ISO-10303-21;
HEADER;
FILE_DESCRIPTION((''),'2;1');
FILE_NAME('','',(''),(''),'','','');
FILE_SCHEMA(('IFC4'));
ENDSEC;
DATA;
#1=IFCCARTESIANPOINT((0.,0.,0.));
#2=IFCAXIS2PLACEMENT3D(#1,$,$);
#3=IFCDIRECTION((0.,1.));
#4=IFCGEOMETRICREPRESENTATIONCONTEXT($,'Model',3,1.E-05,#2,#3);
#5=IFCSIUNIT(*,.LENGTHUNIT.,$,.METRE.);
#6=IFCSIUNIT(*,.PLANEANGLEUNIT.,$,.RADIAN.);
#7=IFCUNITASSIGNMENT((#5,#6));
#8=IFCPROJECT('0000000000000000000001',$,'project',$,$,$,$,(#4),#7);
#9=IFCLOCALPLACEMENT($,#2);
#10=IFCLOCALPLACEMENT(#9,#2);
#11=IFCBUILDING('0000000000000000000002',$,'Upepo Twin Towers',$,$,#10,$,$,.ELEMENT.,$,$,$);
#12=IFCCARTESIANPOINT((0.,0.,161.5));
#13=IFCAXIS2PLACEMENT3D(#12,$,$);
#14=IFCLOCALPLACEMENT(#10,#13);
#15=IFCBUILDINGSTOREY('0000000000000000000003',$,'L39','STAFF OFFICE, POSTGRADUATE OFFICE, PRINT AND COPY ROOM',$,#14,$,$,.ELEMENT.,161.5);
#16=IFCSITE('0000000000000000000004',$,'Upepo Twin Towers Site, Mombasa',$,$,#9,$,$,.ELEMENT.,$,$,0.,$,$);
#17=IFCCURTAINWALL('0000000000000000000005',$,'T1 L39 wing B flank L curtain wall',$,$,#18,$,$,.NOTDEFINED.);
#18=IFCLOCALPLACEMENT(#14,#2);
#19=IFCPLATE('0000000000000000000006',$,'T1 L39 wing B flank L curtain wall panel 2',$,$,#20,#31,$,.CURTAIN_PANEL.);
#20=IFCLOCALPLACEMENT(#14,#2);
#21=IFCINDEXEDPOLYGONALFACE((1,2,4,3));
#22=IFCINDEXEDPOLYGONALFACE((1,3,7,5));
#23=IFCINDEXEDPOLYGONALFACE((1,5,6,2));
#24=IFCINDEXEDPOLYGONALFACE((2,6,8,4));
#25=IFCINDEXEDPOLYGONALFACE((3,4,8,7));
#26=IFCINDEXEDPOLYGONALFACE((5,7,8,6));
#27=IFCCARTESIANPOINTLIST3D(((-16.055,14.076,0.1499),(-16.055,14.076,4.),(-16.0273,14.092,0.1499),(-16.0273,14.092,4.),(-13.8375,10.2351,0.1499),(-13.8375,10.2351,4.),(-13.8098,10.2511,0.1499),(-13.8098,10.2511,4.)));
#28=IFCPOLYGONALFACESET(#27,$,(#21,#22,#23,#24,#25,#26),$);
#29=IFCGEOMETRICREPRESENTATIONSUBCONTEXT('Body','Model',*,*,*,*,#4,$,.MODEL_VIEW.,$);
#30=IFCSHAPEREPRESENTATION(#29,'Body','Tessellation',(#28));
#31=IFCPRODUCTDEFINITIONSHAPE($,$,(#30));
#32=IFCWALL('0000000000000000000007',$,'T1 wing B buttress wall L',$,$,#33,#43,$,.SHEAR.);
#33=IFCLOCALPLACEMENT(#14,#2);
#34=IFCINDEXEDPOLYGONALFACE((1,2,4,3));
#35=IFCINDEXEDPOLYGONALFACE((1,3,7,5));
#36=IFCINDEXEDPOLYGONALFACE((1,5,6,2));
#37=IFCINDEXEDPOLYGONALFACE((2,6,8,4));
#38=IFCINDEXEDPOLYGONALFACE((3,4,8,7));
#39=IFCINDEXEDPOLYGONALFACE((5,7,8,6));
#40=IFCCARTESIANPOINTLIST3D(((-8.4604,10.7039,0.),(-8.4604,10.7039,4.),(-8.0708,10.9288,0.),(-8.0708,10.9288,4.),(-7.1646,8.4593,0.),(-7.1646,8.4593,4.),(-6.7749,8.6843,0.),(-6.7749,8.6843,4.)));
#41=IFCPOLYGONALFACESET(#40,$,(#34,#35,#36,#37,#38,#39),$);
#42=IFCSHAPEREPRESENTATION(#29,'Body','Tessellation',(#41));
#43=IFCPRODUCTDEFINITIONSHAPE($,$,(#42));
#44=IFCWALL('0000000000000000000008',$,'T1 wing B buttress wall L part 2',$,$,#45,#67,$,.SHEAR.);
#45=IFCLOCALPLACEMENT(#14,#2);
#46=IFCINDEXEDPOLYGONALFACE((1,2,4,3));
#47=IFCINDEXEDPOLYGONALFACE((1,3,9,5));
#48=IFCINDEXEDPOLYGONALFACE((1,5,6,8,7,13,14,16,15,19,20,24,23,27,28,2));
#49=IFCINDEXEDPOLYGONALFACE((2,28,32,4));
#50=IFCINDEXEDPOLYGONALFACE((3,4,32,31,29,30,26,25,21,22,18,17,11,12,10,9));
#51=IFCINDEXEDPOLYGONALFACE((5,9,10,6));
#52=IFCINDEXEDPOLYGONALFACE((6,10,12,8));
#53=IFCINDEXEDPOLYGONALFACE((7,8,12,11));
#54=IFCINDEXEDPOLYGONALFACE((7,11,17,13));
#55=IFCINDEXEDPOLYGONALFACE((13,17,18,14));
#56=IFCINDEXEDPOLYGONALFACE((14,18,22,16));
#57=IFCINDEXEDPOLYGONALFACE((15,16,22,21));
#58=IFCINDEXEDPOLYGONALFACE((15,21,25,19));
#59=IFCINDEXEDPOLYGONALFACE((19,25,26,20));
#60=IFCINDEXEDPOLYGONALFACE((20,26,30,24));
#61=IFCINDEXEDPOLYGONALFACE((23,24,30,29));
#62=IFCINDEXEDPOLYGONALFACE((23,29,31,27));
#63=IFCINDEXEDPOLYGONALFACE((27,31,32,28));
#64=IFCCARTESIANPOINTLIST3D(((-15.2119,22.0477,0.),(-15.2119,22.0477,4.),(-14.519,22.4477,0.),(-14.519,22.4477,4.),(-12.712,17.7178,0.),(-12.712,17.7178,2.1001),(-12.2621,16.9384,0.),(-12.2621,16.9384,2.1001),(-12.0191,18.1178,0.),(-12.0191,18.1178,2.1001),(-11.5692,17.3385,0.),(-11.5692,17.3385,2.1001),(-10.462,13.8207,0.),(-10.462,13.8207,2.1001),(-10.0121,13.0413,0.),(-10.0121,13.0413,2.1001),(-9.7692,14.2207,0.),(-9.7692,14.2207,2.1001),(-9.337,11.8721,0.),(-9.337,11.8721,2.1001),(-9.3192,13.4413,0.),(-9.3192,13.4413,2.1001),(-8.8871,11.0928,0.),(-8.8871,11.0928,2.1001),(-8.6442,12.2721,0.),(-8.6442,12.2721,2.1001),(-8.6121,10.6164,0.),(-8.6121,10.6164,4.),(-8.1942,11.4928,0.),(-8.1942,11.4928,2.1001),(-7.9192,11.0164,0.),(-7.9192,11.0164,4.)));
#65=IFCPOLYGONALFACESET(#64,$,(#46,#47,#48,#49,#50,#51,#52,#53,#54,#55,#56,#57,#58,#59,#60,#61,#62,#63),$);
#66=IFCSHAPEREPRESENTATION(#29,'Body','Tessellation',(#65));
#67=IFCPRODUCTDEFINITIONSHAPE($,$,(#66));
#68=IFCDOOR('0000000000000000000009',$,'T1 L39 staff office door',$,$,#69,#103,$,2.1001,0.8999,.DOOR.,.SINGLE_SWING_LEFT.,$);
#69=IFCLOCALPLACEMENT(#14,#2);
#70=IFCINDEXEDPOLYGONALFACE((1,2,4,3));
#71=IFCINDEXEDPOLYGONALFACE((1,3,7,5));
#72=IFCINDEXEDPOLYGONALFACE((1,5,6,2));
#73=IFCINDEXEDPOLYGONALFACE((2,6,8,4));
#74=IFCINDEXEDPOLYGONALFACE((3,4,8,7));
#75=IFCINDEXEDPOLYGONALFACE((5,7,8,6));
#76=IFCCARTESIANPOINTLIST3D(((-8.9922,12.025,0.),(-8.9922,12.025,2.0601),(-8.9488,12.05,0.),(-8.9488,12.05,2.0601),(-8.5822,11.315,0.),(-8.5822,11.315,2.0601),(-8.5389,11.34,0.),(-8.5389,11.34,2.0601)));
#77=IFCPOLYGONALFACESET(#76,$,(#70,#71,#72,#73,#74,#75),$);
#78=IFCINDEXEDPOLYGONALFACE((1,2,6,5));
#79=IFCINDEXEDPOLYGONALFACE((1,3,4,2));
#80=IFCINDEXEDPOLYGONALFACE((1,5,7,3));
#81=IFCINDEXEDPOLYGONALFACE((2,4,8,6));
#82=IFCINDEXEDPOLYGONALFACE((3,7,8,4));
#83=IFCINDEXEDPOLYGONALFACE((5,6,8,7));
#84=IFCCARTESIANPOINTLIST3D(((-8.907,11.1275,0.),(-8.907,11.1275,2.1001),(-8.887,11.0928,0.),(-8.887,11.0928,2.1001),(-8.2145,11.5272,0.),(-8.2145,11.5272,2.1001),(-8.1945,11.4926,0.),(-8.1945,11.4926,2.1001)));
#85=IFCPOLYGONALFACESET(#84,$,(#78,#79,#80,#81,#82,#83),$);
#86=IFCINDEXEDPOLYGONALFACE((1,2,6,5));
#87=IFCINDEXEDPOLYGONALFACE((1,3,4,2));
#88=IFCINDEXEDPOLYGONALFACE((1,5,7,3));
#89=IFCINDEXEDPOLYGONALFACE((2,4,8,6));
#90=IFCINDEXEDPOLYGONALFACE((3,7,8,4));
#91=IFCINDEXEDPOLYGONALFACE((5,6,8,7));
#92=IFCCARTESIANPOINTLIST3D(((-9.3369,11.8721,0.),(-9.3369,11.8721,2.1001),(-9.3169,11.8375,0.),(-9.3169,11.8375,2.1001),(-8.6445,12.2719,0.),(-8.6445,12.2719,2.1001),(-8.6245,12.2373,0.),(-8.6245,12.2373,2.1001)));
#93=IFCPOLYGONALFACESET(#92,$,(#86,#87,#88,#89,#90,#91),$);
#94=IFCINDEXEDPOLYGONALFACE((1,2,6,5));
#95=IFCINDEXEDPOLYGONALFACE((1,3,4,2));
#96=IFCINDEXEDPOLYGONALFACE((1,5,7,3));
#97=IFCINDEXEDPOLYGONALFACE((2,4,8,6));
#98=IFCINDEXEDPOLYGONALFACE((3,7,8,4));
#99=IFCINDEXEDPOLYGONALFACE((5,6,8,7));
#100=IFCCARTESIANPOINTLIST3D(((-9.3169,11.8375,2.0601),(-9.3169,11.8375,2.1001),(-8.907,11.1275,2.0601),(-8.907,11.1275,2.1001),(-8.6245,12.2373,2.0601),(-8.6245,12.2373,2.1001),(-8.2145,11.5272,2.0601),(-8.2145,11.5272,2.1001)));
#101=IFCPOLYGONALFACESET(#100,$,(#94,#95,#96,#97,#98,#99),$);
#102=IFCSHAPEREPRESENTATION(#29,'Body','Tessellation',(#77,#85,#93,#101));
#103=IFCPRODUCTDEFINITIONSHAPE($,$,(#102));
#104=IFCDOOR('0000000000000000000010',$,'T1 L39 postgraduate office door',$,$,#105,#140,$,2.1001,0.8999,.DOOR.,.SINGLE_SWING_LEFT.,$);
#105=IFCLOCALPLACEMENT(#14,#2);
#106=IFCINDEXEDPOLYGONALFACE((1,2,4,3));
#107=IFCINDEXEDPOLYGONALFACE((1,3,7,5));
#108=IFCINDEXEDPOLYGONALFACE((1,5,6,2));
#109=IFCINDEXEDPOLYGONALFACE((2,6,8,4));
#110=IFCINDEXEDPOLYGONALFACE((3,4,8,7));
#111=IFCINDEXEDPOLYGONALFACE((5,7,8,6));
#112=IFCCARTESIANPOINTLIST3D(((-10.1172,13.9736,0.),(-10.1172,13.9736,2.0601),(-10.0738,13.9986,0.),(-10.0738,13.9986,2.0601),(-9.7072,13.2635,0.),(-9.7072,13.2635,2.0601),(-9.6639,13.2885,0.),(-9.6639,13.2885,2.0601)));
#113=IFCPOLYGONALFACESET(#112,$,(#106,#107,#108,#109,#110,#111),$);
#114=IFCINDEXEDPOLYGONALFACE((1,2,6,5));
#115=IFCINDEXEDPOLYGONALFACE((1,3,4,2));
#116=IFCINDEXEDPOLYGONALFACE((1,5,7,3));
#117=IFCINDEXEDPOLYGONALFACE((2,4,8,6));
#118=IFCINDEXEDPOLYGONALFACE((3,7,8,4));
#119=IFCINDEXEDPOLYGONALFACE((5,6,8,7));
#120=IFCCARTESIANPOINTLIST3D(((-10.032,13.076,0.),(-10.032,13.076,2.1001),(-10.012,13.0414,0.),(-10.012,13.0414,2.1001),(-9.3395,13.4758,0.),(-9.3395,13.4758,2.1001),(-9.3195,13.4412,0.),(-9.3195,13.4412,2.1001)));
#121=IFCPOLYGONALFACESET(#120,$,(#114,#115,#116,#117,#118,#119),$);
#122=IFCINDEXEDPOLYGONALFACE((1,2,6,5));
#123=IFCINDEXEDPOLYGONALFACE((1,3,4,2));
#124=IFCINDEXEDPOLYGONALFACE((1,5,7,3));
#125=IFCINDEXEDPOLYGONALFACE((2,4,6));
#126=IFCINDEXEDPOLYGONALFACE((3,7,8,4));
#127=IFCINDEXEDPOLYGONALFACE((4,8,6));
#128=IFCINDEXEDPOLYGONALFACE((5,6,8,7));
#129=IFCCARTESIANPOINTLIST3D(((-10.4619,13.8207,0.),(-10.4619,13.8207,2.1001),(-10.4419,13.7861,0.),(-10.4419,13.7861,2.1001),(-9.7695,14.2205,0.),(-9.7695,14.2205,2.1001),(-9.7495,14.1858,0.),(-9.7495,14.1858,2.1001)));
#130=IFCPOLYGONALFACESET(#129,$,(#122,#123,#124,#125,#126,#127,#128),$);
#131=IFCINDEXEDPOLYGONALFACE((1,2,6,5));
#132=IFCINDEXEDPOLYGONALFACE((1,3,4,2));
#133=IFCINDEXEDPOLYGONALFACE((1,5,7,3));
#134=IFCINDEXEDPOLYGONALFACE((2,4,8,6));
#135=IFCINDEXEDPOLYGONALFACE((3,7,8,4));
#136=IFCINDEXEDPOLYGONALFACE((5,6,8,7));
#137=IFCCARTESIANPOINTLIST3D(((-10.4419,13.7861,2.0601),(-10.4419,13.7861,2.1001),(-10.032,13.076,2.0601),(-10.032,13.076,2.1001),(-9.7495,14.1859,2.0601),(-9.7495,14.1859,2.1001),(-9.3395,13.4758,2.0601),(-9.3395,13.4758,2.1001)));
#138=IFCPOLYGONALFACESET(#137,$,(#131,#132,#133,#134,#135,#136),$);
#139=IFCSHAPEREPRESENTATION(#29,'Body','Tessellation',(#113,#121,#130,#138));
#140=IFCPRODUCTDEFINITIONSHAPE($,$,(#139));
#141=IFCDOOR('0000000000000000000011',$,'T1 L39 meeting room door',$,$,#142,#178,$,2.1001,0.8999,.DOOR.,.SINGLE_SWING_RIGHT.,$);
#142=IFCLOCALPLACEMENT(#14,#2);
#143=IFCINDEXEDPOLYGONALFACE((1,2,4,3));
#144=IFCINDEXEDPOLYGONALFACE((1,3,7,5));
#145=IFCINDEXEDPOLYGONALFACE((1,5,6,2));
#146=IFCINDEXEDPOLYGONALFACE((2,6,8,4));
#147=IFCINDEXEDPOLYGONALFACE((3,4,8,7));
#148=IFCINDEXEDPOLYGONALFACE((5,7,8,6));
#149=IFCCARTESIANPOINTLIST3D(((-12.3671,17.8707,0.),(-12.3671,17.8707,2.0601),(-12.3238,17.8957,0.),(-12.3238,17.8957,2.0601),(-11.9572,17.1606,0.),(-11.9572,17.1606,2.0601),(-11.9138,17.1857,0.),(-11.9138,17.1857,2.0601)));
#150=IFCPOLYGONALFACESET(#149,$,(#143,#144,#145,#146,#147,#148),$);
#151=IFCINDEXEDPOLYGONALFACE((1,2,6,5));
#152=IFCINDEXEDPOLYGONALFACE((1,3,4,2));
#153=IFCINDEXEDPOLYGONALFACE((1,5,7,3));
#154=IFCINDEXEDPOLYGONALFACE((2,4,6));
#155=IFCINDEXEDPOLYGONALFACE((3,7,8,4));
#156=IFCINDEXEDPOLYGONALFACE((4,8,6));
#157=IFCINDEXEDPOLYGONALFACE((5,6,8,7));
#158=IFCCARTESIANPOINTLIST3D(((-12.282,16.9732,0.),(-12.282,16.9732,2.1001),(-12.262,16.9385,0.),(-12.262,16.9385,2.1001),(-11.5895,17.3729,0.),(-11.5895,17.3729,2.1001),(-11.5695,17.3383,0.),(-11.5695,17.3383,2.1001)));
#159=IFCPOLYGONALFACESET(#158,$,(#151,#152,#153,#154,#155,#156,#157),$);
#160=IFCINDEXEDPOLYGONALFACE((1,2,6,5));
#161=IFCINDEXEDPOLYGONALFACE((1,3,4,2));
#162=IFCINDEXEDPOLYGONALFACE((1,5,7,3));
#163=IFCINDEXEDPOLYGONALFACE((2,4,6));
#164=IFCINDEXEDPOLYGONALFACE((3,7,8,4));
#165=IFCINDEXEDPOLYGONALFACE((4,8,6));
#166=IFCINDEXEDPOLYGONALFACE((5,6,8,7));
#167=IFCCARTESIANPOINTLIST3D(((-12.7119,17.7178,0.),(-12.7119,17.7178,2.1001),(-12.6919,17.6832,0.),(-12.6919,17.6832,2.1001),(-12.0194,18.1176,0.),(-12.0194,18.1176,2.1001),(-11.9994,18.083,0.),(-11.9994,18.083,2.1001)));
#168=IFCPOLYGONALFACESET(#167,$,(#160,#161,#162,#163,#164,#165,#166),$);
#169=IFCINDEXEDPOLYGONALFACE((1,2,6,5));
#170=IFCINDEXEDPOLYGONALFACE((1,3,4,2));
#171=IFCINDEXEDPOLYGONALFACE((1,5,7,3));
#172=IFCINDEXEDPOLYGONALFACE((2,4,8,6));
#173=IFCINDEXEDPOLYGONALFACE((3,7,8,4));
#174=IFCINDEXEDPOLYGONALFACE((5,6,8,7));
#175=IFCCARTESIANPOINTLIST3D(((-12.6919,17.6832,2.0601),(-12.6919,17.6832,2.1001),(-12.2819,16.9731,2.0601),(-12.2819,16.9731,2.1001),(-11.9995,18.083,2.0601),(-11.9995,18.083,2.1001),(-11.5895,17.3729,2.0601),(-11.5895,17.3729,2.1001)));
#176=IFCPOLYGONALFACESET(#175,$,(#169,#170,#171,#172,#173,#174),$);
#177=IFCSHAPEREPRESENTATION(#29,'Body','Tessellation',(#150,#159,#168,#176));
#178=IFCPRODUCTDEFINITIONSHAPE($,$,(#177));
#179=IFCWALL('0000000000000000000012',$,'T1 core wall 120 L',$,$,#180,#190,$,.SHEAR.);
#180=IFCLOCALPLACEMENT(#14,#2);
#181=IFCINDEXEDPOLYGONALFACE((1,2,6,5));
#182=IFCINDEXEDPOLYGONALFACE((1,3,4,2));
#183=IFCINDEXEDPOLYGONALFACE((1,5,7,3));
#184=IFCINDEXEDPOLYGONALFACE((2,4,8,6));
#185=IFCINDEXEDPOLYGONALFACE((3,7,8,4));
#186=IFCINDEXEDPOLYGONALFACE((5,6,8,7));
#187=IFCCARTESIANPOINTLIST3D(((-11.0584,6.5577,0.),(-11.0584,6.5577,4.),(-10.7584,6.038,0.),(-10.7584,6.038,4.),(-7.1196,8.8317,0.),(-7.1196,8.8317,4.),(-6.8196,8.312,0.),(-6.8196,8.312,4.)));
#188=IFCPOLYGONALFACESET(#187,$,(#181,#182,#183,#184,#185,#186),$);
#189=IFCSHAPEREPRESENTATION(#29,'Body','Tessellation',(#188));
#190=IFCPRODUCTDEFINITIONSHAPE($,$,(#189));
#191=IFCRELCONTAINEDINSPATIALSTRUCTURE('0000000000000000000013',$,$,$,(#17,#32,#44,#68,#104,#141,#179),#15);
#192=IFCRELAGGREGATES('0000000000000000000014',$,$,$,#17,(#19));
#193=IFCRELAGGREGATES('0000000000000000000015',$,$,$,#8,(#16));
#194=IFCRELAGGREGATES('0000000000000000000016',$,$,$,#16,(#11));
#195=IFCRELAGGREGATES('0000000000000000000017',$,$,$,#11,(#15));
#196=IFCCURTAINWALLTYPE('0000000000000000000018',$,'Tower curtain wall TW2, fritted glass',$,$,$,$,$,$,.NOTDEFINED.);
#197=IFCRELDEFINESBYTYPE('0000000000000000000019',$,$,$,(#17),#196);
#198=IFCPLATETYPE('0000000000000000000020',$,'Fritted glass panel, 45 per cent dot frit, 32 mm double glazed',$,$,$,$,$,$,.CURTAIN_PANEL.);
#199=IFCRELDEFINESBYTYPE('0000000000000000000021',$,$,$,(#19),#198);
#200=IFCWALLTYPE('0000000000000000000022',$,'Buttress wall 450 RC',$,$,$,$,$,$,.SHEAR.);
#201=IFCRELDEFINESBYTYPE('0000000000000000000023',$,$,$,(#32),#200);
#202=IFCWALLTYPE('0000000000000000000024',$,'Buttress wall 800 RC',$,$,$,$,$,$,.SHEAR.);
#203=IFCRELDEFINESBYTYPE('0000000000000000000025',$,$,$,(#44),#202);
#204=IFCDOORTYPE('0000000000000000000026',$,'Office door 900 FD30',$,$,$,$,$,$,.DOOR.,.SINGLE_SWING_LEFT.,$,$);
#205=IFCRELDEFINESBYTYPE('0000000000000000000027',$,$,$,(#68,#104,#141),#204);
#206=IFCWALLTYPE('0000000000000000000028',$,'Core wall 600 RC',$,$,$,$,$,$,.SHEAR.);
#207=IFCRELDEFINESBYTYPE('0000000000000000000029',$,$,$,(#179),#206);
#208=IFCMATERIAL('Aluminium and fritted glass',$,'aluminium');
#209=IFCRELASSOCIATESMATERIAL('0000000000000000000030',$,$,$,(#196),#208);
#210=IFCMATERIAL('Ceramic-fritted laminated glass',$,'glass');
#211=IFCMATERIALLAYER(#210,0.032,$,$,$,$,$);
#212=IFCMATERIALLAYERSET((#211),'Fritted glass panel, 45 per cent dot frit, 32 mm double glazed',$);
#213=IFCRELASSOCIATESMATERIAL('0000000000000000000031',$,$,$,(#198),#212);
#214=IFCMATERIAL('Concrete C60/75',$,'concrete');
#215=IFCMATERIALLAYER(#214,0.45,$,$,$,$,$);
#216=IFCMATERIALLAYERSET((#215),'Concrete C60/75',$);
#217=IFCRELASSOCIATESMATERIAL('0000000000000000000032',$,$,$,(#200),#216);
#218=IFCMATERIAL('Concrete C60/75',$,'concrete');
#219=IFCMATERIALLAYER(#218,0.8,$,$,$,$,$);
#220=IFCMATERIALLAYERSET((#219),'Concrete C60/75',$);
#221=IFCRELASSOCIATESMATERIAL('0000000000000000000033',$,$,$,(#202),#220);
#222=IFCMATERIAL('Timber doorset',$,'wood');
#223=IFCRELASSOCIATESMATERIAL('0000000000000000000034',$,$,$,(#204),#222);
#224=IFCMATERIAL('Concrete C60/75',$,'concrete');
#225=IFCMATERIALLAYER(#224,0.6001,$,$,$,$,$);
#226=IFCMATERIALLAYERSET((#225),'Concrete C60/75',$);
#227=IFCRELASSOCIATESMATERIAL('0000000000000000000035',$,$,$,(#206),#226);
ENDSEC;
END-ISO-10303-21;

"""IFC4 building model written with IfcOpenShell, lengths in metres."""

from ifc_helpers import new_model, si_unit, direction, frame, frame_2d, origin, origin_2d, place, context, subcontext, project, spatial, rectangle, extrude, material, layer, layer_set, type_object, element, fill, aggregate, save


model = new_model("IFC4")

# Units and contexts
model_context = context("Model", 3, precision=1e-05, world=origin(), true_north=direction((0.0, 1.0)))
body_context = subcontext(model_context, "Body", "Model", "MODEL_VIEW")
ifc_project = project(units=[si_unit("LENGTHUNIT", "METRE"), si_unit("PLANEANGLEUNIT", "RADIAN")], contexts=[model_context])

# Site, building, storey
site_placement = place(None, origin())
site = spatial("IfcSite", under=ifc_project, at=site_placement, Name="Upepo Twin Towers Site, Mombasa", CompositionType="ELEMENT", RefElevation=0.0)
building_placement = place(site_placement, origin())
building = spatial("IfcBuilding", under=site, at=building_placement, Name="Upepo Twin Towers", CompositionType="ELEMENT")
storey_placement = place(building_placement, frame((0.0, 0.0, 161.5)))
storey = spatial("IfcBuildingStorey", under=building, at=storey_placement, Name="L39", Description="STAFF OFFICE, POSTGRADUATE OFFICE, PRINT AND COPY ROOM", CompositionType="ELEMENT", Elevation=161.5)

# Curtain wall, plate
ifc_material_1 = material(Name="Aluminium and fritted glass", Category="aluminium")
curtain_wall_type = type_object("IfcCurtainWallType", Name="Tower curtain wall TW2, fritted glass", PredefinedType="NOTDEFINED", material=ifc_material_1)
curtain_wall_placement = place(storey_placement, origin())
curtain_wall = element("IfcCurtainWall", 1, at=curtain_wall_placement, inside=storey, type_object=curtain_wall_type, Name="T1 L39 wing B flank L curtain wall", PredefinedType="NOTDEFINED")
ifc_material_2 = material(Name="Ceramic-fritted laminated glass", Category="glass")
ifc_layer_1 = layer(ifc_material_2, 0.032)
ifc_layer_set_1 = layer_set([ifc_layer_1], Name="Fritted glass panel, 45 per cent dot frit, 32 mm double glazed")
plate_type = type_object("IfcPlateType", Name="Fritted glass panel, 45 per cent dot frit, 32 mm double glazed", PredefinedType="CURTAIN_PANEL", material=ifc_layer_set_1)
plate_1_placement = place(storey_placement, frame((-14.9324, 12.1636, 0.1499), z_axis=(0.0, 0.0, 1.0), x_axis=(-0.5, 0.866025, 0.0)))
plate_1 = element("IfcPlate", 2, at=plate_1_placement, type_object=plate_type, Name="T1 L39 wing B flank L curtain wall panel 2", PredefinedType="CURTAIN_PANEL", context=body_context, shape_type="SweptSolid", body=[
    extrude(rectangle(XDim=4.4351, YDim=0.032, at=origin_2d()), origin(), (0.0, 0.0, 1.0), 3.8501),
])
aggregate(curtain_wall, [plate_1])

# Wall
ifc_material_3 = material(Name="Concrete C60/75", Category="concrete")
ifc_layer_2 = layer(ifc_material_3, 0.45)
ifc_layer_set_2 = layer_set([ifc_layer_2], Name="Concrete C60/75")
wall_type_1 = type_object("IfcWallType", Name="Buttress wall 450 RC", PredefinedType="SHEAR", material=ifc_layer_set_2)
wall_1_placement = place(storey_placement, frame((-6.9697, 8.5718, 0.0), z_axis=(0.0, 0.0, 1.0), x_axis=(-0.499989, 0.866032, 0.0)))
element("IfcWall", 3, at=wall_1_placement, inside=storey, type_object=wall_type_1, Name="T1 wing B buttress wall L", PredefinedType="SHEAR", context=body_context, shape_type="SweptSolid", body=[
    extrude(rectangle(XDim=2.5918, YDim=0.45, at=frame_2d((1.2959, 0.0))), origin(), (0.0, 0.0, 1.0), 4.0),
])

# Wall, openings, doors
ifc_material_4 = material(Name="Concrete C60/75", Category="concrete")
ifc_layer_3 = layer(ifc_material_4, 0.8)
ifc_layer_set_3 = layer_set([ifc_layer_3], Name="Concrete C60/75")
wall_type_2 = type_object("IfcWallType", Name="Buttress wall 800 RC", PredefinedType="SHEAR", material=ifc_layer_set_3)
wall_2_placement = place(storey_placement, frame((-8.2656, 10.8164, 0.0), z_axis=(0.0, 0.0, 1.0), x_axis=(-0.499996, 0.866028, 0.0)))
wall_2 = element("IfcWall", 4, at=wall_2_placement, inside=storey, type_object=wall_type_2, Name="T1 wing B buttress wall L part 2", PredefinedType="SHEAR", context=body_context, shape_type="SweptSolid", body=[
    extrude(rectangle(XDim=13.1997, YDim=0.8, at=frame_2d((6.5999, 0.0))), origin(), (0.0, 0.0, 1.0), 4.0),
])
opening_1_placement = place(wall_2_placement, frame((0.55, 0.0, 0.0)))
opening_1 = element("IfcOpeningElement", 5, at=opening_1_placement, cuts=wall_2, PredefinedType="OPENING", context=body_context, shape_type="SweptSolid", body=[
    extrude(rectangle(XDim=0.8999, YDim=2.1001, at=frame_2d((0.45, 1.05))), frame((0.0, 0.4099, 0.0), z_axis=(0.0, -1.0, 0.0), x_axis=(1.0, 0.0, 0.0)), (0.0, 0.0, 1.0), 0.8201),
])
opening_2_placement = place(wall_2_placement, frame((2.8, 0.0, 0.0)))
opening_2 = element("IfcOpeningElement", 6, at=opening_2_placement, cuts=wall_2, PredefinedType="OPENING", context=body_context, shape_type="SweptSolid", body=[
    extrude(rectangle(XDim=0.8999, YDim=2.1001, at=frame_2d((0.45, 1.05))), frame((0.0, 0.4099, 0.0), z_axis=(0.0, -1.0, 0.0), x_axis=(1.0, 0.0, 0.0)), (0.0, 0.0, 1.0), 0.8201),
])
opening_3_placement = place(wall_2_placement, frame((7.3, 0.0, 0.0)))
opening_3 = element("IfcOpeningElement", 7, at=opening_3_placement, cuts=wall_2, PredefinedType="OPENING", context=body_context, shape_type="SweptSolid", body=[
    extrude(rectangle(XDim=0.8999, YDim=2.1001, at=frame_2d((0.45, 1.05))), frame((0.0, 0.4099, 0.0), z_axis=(0.0, -1.0, 0.0), x_axis=(1.0, 0.0, 0.0)), (0.0, 0.0, 1.0), 0.8201),
])
ifc_material_5 = material(Name="Timber doorset", Category="wood")
door_type_1 = type_object("IfcDoorType", Name="Office door 900 FD30", OperationType="SINGLE_SWING_LEFT", PredefinedType="DOOR", material=ifc_material_5)
door_1_placement = place(opening_1_placement, origin())
door_1 = element("IfcDoor", 8, at=door_1_placement, inside=storey, type_object=door_type_1, Name="T1 L39 staff office door", OperationType="SINGLE_SWING_LEFT", OverallHeight=2.1001, OverallWidth=0.8999, PredefinedType="DOOR", context=body_context, shape_type="SweptSolid", body=[
    extrude(rectangle(XDim=0.8199, YDim=2.0601, at=frame_2d((0.45, 1.03))), frame((0.0, 0.0249, 0.0), z_axis=(0.0, -1.0, 0.0), x_axis=(1.0, 0.0, 0.0)), (0.0, 0.0, 1.0), 0.05),
    extrude(rectangle(XDim=0.04, YDim=2.1001, at=frame_2d((0.02, 1.05))), frame((0.0, 0.3999, 0.0), z_axis=(0.0, -1.0, 0.0), x_axis=(1.0, 0.0, 0.0)), (0.0, 0.0, 1.0), 0.7996),
    extrude(rectangle(XDim=0.04, YDim=2.1001, at=frame_2d((0.8799, 1.05))), frame((0.0, 0.3999, 0.0), z_axis=(0.0, -1.0, 0.0), x_axis=(1.0, 0.0, 0.0)), (0.0, 0.0, 1.0), 0.7996),
    extrude(rectangle(XDim=0.8199, YDim=0.04, at=frame_2d((0.45, 2.0801))), frame((0.0, 0.3999, 0.0), z_axis=(0.0, -1.0, 0.0), x_axis=(1.0, 0.0, 0.0)), (0.0, 0.0, 1.0), 0.7996),
])
fill(opening_1, door_1)
door_2_placement = place(opening_2_placement, origin())
door_2 = element("IfcDoor", 9, at=door_2_placement, inside=storey, type_object=door_type_1, Name="T1 L39 postgraduate office door", OperationType="SINGLE_SWING_LEFT", OverallHeight=2.1001, OverallWidth=0.8999, PredefinedType="DOOR", context=body_context, shape_type="SweptSolid", body=[
    extrude(rectangle(XDim=0.8199, YDim=2.0601, at=frame_2d((0.45, 1.03))), frame((0.0, 0.0249, 0.0), z_axis=(0.0, -1.0, 0.0), x_axis=(1.0, 0.0, 0.0)), (0.0, 0.0, 1.0), 0.05),
    extrude(rectangle(XDim=0.04, YDim=2.1001, at=frame_2d((0.02, 1.05))), frame((0.0, 0.3999, 0.0), z_axis=(0.0, -1.0, 0.0), x_axis=(1.0, 0.0, 0.0)), (0.0, 0.0, 1.0), 0.7996),
    extrude(rectangle(XDim=0.04, YDim=2.1001, at=frame_2d((0.8799, 1.05))), frame((0.0, 0.3999, 0.0), z_axis=(0.0, -1.0, 0.0), x_axis=(1.0, 0.0, 0.0)), (0.0, 0.0, 1.0), 0.7996),
    extrude(rectangle(XDim=0.8199, YDim=0.04, at=frame_2d((0.45, 2.0801))), frame((0.0, 0.3999, 0.0), z_axis=(0.0, -1.0, 0.0), x_axis=(1.0, 0.0, 0.0)), (0.0, 0.0, 1.0), 0.7996),
])
fill(opening_2, door_2)
door_3_placement = place(opening_3_placement, origin())
door_3 = element("IfcDoor", 10, at=door_3_placement, inside=storey, type_object=door_type_1, Name="T1 L39 meeting room door", OperationType="SINGLE_SWING_RIGHT", OverallHeight=2.1001, OverallWidth=0.8999, PredefinedType="DOOR", context=body_context, shape_type="SweptSolid", body=[
    extrude(rectangle(XDim=0.8199, YDim=2.0601, at=frame_2d((0.45, 1.03))), frame((0.0, 0.0249, 0.0), z_axis=(0.0, -1.0, 0.0), x_axis=(1.0, 0.0, 0.0)), (0.0, 0.0, 1.0), 0.05),
    extrude(rectangle(XDim=0.04, YDim=2.1001, at=frame_2d((0.02, 1.05))), frame((0.0, 0.3999, 0.0), z_axis=(0.0, -1.0, 0.0), x_axis=(1.0, 0.0, 0.0)), (0.0, 0.0, 1.0), 0.7996),
    extrude(rectangle(XDim=0.04, YDim=2.1001, at=frame_2d((0.8799, 1.05))), frame((0.0, 0.3999, 0.0), z_axis=(0.0, -1.0, 0.0), x_axis=(1.0, 0.0, 0.0)), (0.0, 0.0, 1.0), 0.7996),
    extrude(rectangle(XDim=0.8199, YDim=0.04, at=frame_2d((0.45, 2.0801))), frame((0.0, 0.3999, 0.0), z_axis=(0.0, -1.0, 0.0), x_axis=(1.0, 0.0, 0.0)), (0.0, 0.0, 1.0), 0.7996),
])
fill(opening_3, door_3)

# Wall
ifc_material_6 = material(Name="Concrete C60/75", Category="concrete")
ifc_layer_4 = layer(ifc_material_6, 0.6001)
ifc_layer_set_4 = layer_set([ifc_layer_4], Name="Concrete C60/75")
wall_type_3 = type_object("IfcWallType", Name="Core wall 600 RC", PredefinedType="SHEAR", material=ifc_layer_set_4)
wall_3_placement = place(storey_placement, frame((-6.9697, 8.5718, 0.0), z_axis=(0.0, 0.0, 1.0), x_axis=(-0.866035, -0.499984, 0.0)))
element("IfcWall", 11, at=wall_3_placement, inside=storey, type_object=wall_type_3, Name="T1 core wall 120 L", PredefinedType="SHEAR", context=body_context, shape_type="SweptSolid", body=[
    extrude(rectangle(XDim=4.5481, YDim=0.6001, at=frame_2d((2.2739, 0.0))), origin(), (0.0, 0.0, 1.0), 4.0),
])

save(model, "model.ifc")
